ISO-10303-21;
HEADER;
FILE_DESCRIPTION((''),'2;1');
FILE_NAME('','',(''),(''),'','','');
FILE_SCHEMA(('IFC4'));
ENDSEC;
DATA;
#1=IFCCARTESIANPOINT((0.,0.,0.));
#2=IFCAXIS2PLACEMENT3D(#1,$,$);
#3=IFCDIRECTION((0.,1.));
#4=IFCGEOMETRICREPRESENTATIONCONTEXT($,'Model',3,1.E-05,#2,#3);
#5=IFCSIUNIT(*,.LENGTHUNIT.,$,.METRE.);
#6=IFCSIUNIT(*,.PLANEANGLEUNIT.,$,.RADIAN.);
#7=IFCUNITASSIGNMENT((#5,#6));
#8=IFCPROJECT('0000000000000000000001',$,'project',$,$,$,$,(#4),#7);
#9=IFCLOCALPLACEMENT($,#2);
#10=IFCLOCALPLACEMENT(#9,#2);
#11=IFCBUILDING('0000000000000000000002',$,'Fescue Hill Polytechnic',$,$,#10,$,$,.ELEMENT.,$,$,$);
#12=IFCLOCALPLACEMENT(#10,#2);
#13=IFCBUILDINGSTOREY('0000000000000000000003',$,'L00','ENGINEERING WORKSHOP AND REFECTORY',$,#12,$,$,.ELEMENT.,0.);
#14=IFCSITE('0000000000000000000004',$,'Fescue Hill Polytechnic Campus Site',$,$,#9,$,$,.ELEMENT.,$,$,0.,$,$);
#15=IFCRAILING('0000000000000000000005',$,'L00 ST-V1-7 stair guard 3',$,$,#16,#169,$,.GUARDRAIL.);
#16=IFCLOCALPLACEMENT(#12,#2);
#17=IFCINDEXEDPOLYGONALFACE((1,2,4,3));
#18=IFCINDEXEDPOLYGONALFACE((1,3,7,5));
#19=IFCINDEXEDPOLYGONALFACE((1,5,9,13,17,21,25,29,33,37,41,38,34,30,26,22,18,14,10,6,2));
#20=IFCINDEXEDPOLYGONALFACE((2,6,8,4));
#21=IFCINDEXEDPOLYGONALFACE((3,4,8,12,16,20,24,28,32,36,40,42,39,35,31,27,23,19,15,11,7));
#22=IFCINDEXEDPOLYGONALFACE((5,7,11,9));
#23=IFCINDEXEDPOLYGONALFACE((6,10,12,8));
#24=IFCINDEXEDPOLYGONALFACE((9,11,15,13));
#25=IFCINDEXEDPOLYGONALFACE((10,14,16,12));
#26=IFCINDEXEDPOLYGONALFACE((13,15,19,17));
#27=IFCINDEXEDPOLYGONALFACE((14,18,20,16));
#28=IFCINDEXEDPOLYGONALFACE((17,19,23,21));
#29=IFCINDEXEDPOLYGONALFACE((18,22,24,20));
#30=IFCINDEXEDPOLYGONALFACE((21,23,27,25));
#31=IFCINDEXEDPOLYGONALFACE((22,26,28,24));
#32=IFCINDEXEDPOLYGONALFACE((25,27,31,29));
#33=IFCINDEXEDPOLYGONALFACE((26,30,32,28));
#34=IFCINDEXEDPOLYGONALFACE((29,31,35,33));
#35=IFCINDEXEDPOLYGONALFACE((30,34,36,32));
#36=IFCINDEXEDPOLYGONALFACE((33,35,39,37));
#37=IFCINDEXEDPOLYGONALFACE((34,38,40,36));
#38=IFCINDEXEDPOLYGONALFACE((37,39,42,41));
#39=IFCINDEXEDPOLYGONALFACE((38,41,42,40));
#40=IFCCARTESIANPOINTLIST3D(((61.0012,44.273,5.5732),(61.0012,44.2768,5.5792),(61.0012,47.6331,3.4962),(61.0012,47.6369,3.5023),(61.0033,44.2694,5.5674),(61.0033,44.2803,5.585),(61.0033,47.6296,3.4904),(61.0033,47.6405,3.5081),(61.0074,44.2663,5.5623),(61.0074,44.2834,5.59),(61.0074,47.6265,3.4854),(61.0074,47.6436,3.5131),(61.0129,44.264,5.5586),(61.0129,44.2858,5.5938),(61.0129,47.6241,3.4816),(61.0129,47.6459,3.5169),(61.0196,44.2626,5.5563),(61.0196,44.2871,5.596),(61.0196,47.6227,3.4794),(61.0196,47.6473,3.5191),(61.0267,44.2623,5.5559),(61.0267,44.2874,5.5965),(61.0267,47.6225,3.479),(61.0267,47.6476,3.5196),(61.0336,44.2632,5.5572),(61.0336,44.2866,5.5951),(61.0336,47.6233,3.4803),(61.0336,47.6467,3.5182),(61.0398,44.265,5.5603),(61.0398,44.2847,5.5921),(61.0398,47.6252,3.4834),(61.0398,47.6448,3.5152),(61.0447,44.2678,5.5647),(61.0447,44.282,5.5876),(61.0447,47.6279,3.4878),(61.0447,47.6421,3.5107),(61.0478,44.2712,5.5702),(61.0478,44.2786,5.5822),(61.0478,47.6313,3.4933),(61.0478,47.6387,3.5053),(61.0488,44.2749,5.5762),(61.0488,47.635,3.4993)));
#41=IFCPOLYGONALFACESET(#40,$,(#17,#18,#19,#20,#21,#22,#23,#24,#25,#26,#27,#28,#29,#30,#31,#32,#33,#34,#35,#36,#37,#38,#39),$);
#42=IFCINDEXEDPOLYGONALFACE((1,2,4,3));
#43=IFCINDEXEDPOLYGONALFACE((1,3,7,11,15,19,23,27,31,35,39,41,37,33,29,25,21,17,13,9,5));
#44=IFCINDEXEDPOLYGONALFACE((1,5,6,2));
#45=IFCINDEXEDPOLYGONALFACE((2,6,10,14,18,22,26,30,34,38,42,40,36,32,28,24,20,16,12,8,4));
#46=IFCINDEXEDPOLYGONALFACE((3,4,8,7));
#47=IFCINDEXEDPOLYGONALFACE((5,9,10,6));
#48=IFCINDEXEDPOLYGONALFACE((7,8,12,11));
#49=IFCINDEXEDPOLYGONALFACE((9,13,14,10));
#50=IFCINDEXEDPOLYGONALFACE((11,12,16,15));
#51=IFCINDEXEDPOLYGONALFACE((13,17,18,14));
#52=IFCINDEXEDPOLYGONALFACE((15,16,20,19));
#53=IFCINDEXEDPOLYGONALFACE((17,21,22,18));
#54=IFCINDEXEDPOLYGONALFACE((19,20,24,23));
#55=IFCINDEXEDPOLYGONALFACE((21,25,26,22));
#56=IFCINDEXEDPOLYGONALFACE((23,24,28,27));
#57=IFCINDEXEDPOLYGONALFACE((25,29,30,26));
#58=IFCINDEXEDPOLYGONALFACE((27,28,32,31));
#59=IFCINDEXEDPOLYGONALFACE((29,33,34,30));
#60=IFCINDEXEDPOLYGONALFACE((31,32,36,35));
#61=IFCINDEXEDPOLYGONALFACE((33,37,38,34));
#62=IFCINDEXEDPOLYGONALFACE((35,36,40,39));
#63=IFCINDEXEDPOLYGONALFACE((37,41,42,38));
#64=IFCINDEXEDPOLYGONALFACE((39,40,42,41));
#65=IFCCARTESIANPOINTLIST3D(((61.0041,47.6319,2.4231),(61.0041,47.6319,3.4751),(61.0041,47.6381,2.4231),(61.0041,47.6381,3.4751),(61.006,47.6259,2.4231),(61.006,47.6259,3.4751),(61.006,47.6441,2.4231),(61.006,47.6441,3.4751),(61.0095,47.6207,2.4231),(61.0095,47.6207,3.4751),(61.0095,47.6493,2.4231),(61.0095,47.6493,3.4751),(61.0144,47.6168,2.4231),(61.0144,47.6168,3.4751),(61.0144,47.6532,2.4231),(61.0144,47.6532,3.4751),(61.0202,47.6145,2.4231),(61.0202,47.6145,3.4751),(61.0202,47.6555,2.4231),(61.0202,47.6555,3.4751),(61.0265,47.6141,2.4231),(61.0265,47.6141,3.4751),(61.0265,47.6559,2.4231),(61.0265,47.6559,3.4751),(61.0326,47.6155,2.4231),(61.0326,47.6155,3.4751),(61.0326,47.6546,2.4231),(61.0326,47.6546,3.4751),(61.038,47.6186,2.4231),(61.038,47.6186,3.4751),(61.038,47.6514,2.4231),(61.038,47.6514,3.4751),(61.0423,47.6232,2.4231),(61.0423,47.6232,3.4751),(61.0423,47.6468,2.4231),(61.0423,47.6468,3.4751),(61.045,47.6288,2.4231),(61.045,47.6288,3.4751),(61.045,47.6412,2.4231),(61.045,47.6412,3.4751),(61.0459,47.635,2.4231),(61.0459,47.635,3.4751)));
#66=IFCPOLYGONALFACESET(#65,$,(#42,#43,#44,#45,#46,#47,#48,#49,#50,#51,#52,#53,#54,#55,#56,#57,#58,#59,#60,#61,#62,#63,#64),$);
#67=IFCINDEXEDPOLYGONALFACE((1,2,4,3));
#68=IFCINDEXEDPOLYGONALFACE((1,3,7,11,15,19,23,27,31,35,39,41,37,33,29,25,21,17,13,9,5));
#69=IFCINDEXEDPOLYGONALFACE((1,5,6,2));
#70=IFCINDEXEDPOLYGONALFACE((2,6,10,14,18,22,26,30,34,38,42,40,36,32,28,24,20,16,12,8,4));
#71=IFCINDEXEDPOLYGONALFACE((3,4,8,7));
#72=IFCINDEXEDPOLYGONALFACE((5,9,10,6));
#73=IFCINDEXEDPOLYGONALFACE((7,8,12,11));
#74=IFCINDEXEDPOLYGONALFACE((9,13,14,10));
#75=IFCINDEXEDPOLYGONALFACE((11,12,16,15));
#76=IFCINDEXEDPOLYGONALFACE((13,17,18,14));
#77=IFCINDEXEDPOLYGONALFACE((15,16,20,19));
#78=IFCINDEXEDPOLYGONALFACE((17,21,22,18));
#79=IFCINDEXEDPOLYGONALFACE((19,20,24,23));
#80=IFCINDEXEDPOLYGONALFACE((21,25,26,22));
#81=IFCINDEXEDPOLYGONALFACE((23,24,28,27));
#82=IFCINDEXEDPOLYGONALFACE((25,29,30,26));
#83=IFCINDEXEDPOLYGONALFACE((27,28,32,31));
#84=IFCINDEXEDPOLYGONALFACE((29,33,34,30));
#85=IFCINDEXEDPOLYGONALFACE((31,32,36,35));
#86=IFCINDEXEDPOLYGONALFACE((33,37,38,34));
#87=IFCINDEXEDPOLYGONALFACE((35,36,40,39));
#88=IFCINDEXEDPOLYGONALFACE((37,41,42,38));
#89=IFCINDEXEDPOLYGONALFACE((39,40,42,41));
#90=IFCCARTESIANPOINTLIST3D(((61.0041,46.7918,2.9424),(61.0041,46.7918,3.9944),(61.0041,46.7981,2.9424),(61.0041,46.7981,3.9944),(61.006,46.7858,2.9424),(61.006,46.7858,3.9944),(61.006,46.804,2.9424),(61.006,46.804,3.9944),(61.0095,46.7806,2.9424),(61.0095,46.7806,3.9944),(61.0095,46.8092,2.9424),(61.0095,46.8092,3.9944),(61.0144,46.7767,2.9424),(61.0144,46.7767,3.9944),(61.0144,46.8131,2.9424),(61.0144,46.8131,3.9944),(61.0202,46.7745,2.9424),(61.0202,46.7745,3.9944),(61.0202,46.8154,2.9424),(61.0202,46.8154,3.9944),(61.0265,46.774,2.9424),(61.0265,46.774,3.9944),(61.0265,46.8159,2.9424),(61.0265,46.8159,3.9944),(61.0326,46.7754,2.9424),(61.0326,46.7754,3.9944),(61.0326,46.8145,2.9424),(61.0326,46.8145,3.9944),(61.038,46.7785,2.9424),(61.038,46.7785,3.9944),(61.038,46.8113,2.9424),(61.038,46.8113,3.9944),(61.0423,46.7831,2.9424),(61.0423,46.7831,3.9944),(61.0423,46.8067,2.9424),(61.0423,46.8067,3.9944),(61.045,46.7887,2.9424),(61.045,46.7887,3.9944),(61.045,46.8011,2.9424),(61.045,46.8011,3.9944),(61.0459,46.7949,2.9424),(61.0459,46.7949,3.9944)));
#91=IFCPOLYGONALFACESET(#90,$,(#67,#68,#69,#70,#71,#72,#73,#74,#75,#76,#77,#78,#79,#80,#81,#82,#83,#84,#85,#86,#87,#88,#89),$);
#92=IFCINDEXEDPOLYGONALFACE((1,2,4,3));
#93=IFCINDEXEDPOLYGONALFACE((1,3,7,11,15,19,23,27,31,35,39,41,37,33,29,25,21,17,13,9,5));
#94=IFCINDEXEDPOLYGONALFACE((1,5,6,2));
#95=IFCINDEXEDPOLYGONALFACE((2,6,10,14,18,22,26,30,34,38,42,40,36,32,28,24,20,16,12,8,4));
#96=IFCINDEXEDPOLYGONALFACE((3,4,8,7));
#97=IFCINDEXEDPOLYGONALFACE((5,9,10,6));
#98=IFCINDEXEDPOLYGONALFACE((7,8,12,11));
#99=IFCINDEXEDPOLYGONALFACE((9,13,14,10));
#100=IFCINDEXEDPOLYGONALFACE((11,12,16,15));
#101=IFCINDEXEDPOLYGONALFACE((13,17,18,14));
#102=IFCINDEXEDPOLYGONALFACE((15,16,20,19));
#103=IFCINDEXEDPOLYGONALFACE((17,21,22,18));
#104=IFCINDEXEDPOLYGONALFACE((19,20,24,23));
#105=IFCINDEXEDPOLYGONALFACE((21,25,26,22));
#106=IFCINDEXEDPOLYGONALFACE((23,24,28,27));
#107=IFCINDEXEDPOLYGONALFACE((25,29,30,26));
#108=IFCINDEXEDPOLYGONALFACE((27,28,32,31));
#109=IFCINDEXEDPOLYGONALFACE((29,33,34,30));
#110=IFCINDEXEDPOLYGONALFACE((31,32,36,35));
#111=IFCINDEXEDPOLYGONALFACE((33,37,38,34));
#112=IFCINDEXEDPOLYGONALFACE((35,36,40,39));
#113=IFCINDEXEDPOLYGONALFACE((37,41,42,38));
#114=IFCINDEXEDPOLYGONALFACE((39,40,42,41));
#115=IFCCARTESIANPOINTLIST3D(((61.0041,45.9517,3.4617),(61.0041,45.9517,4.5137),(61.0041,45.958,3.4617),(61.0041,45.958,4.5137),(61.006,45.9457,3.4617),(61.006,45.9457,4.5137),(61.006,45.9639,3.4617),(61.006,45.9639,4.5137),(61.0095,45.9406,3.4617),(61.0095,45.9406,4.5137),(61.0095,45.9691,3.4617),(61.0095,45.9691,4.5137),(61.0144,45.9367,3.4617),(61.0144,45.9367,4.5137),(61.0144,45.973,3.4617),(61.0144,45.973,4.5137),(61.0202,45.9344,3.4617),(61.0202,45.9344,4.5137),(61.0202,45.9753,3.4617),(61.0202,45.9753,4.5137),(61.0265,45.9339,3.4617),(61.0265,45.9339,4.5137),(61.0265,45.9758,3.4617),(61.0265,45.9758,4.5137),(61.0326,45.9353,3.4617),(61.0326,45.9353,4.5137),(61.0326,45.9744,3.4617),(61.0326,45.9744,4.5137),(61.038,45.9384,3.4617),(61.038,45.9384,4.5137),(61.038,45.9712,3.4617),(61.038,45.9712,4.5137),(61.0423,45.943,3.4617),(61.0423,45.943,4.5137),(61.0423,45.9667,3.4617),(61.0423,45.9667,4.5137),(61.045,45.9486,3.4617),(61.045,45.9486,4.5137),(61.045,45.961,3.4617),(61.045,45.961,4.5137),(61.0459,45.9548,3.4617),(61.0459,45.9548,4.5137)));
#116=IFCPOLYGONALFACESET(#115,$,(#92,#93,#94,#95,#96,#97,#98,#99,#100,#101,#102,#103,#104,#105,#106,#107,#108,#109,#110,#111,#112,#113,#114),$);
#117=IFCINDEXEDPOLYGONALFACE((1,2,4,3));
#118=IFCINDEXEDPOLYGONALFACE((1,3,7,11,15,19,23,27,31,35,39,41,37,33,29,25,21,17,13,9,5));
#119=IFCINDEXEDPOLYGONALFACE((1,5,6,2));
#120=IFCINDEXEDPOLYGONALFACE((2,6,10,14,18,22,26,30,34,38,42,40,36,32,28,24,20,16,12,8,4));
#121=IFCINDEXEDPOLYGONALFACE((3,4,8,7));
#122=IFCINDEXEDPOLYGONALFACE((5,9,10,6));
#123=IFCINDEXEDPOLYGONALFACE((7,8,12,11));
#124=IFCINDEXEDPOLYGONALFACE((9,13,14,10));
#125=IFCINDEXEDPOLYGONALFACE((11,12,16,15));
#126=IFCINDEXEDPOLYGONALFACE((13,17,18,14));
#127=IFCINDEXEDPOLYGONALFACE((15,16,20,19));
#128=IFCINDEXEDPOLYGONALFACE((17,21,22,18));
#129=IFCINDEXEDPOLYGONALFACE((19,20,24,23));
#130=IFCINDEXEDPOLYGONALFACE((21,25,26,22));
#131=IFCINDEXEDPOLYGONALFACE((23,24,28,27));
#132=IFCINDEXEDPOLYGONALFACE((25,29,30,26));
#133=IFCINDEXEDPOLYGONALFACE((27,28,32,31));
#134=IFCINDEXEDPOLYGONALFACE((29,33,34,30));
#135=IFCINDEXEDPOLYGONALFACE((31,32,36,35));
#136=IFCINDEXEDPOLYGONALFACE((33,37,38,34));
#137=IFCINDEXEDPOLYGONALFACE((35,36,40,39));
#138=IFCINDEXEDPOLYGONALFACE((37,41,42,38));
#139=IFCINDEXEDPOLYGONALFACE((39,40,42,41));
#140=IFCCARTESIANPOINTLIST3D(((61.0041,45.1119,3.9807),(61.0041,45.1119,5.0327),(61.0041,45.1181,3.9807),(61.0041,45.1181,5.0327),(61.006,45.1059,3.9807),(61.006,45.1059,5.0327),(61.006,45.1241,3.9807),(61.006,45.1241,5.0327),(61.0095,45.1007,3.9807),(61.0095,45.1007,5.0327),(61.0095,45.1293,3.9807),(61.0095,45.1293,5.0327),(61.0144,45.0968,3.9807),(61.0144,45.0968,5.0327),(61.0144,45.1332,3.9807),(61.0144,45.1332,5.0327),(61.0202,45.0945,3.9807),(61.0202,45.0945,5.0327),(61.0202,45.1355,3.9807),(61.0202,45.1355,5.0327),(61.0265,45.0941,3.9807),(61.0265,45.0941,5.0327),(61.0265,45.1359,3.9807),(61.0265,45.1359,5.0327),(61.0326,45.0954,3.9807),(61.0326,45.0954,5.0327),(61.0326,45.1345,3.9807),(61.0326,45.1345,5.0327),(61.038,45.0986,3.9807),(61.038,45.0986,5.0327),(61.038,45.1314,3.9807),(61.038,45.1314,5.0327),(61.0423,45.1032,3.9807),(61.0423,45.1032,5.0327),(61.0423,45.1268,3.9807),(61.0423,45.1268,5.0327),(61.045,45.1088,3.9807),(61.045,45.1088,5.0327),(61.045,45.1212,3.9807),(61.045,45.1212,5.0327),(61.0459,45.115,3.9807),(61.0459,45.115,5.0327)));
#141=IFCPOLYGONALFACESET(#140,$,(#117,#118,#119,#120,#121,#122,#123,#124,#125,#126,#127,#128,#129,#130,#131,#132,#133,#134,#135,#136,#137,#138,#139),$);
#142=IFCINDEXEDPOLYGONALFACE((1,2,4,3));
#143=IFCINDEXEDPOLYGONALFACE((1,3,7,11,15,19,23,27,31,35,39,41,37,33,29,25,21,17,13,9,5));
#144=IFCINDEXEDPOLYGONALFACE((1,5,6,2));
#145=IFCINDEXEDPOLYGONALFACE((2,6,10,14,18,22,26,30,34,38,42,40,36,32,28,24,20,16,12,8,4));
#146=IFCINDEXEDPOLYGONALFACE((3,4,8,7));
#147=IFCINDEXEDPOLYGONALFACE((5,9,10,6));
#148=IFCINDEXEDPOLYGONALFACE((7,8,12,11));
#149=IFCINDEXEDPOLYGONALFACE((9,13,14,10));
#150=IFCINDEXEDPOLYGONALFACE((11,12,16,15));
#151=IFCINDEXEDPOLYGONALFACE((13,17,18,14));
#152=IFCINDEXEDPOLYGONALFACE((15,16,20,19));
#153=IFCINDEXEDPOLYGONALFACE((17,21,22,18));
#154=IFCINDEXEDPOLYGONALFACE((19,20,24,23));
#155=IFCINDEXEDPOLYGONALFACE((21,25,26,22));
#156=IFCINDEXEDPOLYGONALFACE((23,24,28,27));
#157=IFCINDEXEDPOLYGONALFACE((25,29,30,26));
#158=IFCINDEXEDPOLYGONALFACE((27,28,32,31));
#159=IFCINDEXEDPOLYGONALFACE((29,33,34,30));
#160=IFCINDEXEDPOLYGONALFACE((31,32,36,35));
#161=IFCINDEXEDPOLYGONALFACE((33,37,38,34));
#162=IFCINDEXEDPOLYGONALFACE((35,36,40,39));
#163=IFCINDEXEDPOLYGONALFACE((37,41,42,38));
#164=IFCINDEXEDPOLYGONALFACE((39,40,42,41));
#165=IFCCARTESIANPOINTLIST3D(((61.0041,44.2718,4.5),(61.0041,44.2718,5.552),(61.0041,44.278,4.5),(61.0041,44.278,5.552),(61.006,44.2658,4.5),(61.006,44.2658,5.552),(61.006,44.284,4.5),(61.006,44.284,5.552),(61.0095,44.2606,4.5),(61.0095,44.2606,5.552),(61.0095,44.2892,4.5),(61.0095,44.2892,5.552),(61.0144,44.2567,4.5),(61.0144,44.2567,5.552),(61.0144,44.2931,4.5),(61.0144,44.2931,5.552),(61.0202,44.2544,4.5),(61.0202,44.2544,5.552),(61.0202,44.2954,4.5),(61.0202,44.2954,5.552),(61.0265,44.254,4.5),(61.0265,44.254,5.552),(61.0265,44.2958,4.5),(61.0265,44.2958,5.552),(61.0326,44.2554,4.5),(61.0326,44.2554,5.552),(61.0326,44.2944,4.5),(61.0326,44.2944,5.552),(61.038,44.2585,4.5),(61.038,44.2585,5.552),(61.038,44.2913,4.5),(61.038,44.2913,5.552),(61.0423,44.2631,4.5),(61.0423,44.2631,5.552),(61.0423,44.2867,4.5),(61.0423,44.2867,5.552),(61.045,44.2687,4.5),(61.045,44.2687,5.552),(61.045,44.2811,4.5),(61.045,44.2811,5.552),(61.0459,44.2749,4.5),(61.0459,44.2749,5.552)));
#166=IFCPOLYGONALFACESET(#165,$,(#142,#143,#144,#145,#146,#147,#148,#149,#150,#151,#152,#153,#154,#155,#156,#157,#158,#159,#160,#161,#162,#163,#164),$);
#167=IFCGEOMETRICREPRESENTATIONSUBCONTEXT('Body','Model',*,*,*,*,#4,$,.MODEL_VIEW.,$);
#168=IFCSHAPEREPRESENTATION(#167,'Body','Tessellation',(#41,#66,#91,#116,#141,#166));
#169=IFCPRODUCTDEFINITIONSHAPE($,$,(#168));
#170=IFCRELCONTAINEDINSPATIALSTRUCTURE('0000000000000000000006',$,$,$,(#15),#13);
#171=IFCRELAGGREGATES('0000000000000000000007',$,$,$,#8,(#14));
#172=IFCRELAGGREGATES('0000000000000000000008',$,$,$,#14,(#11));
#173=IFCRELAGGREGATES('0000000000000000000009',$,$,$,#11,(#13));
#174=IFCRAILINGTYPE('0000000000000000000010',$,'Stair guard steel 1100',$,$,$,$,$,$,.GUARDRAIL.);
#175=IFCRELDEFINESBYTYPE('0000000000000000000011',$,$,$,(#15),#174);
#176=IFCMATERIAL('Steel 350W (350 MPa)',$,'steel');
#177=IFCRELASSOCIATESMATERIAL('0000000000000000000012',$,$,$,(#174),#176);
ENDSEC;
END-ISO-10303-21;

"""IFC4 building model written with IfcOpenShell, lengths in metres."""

from ifc_helpers import new_model, si_unit, direction, frame, origin, origin_2d, place, context, subcontext, project, spatial, circle, extrude, material, type_object, element, save


model = new_model("IFC4")

# Units and contexts
model_context = context("Model", 3, precision=1e-05, world=origin(), true_north=direction((0.0, 1.0)))
body_context = subcontext(model_context, "Body", "Model", "MODEL_VIEW")
ifc_project = project(units=[si_unit("LENGTHUNIT", "METRE"), si_unit("PLANEANGLEUNIT", "RADIAN")], contexts=[model_context])

# Site, building, storey
site_placement = place(None, origin())
site = spatial("IfcSite", under=ifc_project, at=site_placement, Name="Fescue Hill Polytechnic Campus Site", CompositionType="ELEMENT", RefElevation=0.0)
building_placement = place(site_placement, origin())
building = spatial("IfcBuilding", under=site, at=building_placement, Name="Fescue Hill Polytechnic", CompositionType="ELEMENT")
storey_placement = place(building_placement, origin())
storey = spatial("IfcBuildingStorey", under=building, at=storey_placement, Name="L00", Description="ENGINEERING WORKSHOP AND REFECTORY", CompositionType="ELEMENT", Elevation=0.0)

# Railing
ifc_material_1 = material(Name="Steel 350W (350 MPa)", Category="steel")
railing_type_1 = type_object("IfcRailingType", Name="Stair guard steel 1100", PredefinedType="GUARDRAIL", material=ifc_material_1)
railing_1_placement = place(storey_placement, frame((61.0249, 47.635, 2.4231)))
element("IfcRailing", 1, at=railing_1_placement, inside=storey, type_object=railing_type_1, Name="L00 ST-V1-7 stair guard 3", PredefinedType="GUARDRAIL", context=body_context, shape_type="SweptSolid", body=[
    extrude(circle(Radius=0.0239, at=origin_2d()), frame((0.0, 0.0, 1.0762), z_axis=(0.0, -0.850623, 0.525776), x_axis=(1.0, 0.0, 0.0)), (0.0, 0.0, 1.0), 3.9502),
    extrude(circle(Radius=0.021, at=origin_2d()), origin(), (0.0, 0.0, 1.0), 1.052),
    extrude(circle(Radius=0.021, at=origin_2d()), frame((0.0, -0.8401, 0.5193)), (0.0, 0.0, 1.0), 1.052),
    extrude(circle(Radius=0.021, at=origin_2d()), frame((0.0, -1.6802, 1.0386)), (0.0, 0.0, 1.0), 1.052),
    extrude(circle(Radius=0.021, at=origin_2d()), frame((0.0, -2.52, 1.5576)), (0.0, 0.0, 1.0), 1.052),
    extrude(circle(Radius=0.021, at=origin_2d()), frame((0.0, -3.3601, 2.0769)), (0.0, 0.0, 1.0), 1.052),
])

save(model, "model.ifc")
